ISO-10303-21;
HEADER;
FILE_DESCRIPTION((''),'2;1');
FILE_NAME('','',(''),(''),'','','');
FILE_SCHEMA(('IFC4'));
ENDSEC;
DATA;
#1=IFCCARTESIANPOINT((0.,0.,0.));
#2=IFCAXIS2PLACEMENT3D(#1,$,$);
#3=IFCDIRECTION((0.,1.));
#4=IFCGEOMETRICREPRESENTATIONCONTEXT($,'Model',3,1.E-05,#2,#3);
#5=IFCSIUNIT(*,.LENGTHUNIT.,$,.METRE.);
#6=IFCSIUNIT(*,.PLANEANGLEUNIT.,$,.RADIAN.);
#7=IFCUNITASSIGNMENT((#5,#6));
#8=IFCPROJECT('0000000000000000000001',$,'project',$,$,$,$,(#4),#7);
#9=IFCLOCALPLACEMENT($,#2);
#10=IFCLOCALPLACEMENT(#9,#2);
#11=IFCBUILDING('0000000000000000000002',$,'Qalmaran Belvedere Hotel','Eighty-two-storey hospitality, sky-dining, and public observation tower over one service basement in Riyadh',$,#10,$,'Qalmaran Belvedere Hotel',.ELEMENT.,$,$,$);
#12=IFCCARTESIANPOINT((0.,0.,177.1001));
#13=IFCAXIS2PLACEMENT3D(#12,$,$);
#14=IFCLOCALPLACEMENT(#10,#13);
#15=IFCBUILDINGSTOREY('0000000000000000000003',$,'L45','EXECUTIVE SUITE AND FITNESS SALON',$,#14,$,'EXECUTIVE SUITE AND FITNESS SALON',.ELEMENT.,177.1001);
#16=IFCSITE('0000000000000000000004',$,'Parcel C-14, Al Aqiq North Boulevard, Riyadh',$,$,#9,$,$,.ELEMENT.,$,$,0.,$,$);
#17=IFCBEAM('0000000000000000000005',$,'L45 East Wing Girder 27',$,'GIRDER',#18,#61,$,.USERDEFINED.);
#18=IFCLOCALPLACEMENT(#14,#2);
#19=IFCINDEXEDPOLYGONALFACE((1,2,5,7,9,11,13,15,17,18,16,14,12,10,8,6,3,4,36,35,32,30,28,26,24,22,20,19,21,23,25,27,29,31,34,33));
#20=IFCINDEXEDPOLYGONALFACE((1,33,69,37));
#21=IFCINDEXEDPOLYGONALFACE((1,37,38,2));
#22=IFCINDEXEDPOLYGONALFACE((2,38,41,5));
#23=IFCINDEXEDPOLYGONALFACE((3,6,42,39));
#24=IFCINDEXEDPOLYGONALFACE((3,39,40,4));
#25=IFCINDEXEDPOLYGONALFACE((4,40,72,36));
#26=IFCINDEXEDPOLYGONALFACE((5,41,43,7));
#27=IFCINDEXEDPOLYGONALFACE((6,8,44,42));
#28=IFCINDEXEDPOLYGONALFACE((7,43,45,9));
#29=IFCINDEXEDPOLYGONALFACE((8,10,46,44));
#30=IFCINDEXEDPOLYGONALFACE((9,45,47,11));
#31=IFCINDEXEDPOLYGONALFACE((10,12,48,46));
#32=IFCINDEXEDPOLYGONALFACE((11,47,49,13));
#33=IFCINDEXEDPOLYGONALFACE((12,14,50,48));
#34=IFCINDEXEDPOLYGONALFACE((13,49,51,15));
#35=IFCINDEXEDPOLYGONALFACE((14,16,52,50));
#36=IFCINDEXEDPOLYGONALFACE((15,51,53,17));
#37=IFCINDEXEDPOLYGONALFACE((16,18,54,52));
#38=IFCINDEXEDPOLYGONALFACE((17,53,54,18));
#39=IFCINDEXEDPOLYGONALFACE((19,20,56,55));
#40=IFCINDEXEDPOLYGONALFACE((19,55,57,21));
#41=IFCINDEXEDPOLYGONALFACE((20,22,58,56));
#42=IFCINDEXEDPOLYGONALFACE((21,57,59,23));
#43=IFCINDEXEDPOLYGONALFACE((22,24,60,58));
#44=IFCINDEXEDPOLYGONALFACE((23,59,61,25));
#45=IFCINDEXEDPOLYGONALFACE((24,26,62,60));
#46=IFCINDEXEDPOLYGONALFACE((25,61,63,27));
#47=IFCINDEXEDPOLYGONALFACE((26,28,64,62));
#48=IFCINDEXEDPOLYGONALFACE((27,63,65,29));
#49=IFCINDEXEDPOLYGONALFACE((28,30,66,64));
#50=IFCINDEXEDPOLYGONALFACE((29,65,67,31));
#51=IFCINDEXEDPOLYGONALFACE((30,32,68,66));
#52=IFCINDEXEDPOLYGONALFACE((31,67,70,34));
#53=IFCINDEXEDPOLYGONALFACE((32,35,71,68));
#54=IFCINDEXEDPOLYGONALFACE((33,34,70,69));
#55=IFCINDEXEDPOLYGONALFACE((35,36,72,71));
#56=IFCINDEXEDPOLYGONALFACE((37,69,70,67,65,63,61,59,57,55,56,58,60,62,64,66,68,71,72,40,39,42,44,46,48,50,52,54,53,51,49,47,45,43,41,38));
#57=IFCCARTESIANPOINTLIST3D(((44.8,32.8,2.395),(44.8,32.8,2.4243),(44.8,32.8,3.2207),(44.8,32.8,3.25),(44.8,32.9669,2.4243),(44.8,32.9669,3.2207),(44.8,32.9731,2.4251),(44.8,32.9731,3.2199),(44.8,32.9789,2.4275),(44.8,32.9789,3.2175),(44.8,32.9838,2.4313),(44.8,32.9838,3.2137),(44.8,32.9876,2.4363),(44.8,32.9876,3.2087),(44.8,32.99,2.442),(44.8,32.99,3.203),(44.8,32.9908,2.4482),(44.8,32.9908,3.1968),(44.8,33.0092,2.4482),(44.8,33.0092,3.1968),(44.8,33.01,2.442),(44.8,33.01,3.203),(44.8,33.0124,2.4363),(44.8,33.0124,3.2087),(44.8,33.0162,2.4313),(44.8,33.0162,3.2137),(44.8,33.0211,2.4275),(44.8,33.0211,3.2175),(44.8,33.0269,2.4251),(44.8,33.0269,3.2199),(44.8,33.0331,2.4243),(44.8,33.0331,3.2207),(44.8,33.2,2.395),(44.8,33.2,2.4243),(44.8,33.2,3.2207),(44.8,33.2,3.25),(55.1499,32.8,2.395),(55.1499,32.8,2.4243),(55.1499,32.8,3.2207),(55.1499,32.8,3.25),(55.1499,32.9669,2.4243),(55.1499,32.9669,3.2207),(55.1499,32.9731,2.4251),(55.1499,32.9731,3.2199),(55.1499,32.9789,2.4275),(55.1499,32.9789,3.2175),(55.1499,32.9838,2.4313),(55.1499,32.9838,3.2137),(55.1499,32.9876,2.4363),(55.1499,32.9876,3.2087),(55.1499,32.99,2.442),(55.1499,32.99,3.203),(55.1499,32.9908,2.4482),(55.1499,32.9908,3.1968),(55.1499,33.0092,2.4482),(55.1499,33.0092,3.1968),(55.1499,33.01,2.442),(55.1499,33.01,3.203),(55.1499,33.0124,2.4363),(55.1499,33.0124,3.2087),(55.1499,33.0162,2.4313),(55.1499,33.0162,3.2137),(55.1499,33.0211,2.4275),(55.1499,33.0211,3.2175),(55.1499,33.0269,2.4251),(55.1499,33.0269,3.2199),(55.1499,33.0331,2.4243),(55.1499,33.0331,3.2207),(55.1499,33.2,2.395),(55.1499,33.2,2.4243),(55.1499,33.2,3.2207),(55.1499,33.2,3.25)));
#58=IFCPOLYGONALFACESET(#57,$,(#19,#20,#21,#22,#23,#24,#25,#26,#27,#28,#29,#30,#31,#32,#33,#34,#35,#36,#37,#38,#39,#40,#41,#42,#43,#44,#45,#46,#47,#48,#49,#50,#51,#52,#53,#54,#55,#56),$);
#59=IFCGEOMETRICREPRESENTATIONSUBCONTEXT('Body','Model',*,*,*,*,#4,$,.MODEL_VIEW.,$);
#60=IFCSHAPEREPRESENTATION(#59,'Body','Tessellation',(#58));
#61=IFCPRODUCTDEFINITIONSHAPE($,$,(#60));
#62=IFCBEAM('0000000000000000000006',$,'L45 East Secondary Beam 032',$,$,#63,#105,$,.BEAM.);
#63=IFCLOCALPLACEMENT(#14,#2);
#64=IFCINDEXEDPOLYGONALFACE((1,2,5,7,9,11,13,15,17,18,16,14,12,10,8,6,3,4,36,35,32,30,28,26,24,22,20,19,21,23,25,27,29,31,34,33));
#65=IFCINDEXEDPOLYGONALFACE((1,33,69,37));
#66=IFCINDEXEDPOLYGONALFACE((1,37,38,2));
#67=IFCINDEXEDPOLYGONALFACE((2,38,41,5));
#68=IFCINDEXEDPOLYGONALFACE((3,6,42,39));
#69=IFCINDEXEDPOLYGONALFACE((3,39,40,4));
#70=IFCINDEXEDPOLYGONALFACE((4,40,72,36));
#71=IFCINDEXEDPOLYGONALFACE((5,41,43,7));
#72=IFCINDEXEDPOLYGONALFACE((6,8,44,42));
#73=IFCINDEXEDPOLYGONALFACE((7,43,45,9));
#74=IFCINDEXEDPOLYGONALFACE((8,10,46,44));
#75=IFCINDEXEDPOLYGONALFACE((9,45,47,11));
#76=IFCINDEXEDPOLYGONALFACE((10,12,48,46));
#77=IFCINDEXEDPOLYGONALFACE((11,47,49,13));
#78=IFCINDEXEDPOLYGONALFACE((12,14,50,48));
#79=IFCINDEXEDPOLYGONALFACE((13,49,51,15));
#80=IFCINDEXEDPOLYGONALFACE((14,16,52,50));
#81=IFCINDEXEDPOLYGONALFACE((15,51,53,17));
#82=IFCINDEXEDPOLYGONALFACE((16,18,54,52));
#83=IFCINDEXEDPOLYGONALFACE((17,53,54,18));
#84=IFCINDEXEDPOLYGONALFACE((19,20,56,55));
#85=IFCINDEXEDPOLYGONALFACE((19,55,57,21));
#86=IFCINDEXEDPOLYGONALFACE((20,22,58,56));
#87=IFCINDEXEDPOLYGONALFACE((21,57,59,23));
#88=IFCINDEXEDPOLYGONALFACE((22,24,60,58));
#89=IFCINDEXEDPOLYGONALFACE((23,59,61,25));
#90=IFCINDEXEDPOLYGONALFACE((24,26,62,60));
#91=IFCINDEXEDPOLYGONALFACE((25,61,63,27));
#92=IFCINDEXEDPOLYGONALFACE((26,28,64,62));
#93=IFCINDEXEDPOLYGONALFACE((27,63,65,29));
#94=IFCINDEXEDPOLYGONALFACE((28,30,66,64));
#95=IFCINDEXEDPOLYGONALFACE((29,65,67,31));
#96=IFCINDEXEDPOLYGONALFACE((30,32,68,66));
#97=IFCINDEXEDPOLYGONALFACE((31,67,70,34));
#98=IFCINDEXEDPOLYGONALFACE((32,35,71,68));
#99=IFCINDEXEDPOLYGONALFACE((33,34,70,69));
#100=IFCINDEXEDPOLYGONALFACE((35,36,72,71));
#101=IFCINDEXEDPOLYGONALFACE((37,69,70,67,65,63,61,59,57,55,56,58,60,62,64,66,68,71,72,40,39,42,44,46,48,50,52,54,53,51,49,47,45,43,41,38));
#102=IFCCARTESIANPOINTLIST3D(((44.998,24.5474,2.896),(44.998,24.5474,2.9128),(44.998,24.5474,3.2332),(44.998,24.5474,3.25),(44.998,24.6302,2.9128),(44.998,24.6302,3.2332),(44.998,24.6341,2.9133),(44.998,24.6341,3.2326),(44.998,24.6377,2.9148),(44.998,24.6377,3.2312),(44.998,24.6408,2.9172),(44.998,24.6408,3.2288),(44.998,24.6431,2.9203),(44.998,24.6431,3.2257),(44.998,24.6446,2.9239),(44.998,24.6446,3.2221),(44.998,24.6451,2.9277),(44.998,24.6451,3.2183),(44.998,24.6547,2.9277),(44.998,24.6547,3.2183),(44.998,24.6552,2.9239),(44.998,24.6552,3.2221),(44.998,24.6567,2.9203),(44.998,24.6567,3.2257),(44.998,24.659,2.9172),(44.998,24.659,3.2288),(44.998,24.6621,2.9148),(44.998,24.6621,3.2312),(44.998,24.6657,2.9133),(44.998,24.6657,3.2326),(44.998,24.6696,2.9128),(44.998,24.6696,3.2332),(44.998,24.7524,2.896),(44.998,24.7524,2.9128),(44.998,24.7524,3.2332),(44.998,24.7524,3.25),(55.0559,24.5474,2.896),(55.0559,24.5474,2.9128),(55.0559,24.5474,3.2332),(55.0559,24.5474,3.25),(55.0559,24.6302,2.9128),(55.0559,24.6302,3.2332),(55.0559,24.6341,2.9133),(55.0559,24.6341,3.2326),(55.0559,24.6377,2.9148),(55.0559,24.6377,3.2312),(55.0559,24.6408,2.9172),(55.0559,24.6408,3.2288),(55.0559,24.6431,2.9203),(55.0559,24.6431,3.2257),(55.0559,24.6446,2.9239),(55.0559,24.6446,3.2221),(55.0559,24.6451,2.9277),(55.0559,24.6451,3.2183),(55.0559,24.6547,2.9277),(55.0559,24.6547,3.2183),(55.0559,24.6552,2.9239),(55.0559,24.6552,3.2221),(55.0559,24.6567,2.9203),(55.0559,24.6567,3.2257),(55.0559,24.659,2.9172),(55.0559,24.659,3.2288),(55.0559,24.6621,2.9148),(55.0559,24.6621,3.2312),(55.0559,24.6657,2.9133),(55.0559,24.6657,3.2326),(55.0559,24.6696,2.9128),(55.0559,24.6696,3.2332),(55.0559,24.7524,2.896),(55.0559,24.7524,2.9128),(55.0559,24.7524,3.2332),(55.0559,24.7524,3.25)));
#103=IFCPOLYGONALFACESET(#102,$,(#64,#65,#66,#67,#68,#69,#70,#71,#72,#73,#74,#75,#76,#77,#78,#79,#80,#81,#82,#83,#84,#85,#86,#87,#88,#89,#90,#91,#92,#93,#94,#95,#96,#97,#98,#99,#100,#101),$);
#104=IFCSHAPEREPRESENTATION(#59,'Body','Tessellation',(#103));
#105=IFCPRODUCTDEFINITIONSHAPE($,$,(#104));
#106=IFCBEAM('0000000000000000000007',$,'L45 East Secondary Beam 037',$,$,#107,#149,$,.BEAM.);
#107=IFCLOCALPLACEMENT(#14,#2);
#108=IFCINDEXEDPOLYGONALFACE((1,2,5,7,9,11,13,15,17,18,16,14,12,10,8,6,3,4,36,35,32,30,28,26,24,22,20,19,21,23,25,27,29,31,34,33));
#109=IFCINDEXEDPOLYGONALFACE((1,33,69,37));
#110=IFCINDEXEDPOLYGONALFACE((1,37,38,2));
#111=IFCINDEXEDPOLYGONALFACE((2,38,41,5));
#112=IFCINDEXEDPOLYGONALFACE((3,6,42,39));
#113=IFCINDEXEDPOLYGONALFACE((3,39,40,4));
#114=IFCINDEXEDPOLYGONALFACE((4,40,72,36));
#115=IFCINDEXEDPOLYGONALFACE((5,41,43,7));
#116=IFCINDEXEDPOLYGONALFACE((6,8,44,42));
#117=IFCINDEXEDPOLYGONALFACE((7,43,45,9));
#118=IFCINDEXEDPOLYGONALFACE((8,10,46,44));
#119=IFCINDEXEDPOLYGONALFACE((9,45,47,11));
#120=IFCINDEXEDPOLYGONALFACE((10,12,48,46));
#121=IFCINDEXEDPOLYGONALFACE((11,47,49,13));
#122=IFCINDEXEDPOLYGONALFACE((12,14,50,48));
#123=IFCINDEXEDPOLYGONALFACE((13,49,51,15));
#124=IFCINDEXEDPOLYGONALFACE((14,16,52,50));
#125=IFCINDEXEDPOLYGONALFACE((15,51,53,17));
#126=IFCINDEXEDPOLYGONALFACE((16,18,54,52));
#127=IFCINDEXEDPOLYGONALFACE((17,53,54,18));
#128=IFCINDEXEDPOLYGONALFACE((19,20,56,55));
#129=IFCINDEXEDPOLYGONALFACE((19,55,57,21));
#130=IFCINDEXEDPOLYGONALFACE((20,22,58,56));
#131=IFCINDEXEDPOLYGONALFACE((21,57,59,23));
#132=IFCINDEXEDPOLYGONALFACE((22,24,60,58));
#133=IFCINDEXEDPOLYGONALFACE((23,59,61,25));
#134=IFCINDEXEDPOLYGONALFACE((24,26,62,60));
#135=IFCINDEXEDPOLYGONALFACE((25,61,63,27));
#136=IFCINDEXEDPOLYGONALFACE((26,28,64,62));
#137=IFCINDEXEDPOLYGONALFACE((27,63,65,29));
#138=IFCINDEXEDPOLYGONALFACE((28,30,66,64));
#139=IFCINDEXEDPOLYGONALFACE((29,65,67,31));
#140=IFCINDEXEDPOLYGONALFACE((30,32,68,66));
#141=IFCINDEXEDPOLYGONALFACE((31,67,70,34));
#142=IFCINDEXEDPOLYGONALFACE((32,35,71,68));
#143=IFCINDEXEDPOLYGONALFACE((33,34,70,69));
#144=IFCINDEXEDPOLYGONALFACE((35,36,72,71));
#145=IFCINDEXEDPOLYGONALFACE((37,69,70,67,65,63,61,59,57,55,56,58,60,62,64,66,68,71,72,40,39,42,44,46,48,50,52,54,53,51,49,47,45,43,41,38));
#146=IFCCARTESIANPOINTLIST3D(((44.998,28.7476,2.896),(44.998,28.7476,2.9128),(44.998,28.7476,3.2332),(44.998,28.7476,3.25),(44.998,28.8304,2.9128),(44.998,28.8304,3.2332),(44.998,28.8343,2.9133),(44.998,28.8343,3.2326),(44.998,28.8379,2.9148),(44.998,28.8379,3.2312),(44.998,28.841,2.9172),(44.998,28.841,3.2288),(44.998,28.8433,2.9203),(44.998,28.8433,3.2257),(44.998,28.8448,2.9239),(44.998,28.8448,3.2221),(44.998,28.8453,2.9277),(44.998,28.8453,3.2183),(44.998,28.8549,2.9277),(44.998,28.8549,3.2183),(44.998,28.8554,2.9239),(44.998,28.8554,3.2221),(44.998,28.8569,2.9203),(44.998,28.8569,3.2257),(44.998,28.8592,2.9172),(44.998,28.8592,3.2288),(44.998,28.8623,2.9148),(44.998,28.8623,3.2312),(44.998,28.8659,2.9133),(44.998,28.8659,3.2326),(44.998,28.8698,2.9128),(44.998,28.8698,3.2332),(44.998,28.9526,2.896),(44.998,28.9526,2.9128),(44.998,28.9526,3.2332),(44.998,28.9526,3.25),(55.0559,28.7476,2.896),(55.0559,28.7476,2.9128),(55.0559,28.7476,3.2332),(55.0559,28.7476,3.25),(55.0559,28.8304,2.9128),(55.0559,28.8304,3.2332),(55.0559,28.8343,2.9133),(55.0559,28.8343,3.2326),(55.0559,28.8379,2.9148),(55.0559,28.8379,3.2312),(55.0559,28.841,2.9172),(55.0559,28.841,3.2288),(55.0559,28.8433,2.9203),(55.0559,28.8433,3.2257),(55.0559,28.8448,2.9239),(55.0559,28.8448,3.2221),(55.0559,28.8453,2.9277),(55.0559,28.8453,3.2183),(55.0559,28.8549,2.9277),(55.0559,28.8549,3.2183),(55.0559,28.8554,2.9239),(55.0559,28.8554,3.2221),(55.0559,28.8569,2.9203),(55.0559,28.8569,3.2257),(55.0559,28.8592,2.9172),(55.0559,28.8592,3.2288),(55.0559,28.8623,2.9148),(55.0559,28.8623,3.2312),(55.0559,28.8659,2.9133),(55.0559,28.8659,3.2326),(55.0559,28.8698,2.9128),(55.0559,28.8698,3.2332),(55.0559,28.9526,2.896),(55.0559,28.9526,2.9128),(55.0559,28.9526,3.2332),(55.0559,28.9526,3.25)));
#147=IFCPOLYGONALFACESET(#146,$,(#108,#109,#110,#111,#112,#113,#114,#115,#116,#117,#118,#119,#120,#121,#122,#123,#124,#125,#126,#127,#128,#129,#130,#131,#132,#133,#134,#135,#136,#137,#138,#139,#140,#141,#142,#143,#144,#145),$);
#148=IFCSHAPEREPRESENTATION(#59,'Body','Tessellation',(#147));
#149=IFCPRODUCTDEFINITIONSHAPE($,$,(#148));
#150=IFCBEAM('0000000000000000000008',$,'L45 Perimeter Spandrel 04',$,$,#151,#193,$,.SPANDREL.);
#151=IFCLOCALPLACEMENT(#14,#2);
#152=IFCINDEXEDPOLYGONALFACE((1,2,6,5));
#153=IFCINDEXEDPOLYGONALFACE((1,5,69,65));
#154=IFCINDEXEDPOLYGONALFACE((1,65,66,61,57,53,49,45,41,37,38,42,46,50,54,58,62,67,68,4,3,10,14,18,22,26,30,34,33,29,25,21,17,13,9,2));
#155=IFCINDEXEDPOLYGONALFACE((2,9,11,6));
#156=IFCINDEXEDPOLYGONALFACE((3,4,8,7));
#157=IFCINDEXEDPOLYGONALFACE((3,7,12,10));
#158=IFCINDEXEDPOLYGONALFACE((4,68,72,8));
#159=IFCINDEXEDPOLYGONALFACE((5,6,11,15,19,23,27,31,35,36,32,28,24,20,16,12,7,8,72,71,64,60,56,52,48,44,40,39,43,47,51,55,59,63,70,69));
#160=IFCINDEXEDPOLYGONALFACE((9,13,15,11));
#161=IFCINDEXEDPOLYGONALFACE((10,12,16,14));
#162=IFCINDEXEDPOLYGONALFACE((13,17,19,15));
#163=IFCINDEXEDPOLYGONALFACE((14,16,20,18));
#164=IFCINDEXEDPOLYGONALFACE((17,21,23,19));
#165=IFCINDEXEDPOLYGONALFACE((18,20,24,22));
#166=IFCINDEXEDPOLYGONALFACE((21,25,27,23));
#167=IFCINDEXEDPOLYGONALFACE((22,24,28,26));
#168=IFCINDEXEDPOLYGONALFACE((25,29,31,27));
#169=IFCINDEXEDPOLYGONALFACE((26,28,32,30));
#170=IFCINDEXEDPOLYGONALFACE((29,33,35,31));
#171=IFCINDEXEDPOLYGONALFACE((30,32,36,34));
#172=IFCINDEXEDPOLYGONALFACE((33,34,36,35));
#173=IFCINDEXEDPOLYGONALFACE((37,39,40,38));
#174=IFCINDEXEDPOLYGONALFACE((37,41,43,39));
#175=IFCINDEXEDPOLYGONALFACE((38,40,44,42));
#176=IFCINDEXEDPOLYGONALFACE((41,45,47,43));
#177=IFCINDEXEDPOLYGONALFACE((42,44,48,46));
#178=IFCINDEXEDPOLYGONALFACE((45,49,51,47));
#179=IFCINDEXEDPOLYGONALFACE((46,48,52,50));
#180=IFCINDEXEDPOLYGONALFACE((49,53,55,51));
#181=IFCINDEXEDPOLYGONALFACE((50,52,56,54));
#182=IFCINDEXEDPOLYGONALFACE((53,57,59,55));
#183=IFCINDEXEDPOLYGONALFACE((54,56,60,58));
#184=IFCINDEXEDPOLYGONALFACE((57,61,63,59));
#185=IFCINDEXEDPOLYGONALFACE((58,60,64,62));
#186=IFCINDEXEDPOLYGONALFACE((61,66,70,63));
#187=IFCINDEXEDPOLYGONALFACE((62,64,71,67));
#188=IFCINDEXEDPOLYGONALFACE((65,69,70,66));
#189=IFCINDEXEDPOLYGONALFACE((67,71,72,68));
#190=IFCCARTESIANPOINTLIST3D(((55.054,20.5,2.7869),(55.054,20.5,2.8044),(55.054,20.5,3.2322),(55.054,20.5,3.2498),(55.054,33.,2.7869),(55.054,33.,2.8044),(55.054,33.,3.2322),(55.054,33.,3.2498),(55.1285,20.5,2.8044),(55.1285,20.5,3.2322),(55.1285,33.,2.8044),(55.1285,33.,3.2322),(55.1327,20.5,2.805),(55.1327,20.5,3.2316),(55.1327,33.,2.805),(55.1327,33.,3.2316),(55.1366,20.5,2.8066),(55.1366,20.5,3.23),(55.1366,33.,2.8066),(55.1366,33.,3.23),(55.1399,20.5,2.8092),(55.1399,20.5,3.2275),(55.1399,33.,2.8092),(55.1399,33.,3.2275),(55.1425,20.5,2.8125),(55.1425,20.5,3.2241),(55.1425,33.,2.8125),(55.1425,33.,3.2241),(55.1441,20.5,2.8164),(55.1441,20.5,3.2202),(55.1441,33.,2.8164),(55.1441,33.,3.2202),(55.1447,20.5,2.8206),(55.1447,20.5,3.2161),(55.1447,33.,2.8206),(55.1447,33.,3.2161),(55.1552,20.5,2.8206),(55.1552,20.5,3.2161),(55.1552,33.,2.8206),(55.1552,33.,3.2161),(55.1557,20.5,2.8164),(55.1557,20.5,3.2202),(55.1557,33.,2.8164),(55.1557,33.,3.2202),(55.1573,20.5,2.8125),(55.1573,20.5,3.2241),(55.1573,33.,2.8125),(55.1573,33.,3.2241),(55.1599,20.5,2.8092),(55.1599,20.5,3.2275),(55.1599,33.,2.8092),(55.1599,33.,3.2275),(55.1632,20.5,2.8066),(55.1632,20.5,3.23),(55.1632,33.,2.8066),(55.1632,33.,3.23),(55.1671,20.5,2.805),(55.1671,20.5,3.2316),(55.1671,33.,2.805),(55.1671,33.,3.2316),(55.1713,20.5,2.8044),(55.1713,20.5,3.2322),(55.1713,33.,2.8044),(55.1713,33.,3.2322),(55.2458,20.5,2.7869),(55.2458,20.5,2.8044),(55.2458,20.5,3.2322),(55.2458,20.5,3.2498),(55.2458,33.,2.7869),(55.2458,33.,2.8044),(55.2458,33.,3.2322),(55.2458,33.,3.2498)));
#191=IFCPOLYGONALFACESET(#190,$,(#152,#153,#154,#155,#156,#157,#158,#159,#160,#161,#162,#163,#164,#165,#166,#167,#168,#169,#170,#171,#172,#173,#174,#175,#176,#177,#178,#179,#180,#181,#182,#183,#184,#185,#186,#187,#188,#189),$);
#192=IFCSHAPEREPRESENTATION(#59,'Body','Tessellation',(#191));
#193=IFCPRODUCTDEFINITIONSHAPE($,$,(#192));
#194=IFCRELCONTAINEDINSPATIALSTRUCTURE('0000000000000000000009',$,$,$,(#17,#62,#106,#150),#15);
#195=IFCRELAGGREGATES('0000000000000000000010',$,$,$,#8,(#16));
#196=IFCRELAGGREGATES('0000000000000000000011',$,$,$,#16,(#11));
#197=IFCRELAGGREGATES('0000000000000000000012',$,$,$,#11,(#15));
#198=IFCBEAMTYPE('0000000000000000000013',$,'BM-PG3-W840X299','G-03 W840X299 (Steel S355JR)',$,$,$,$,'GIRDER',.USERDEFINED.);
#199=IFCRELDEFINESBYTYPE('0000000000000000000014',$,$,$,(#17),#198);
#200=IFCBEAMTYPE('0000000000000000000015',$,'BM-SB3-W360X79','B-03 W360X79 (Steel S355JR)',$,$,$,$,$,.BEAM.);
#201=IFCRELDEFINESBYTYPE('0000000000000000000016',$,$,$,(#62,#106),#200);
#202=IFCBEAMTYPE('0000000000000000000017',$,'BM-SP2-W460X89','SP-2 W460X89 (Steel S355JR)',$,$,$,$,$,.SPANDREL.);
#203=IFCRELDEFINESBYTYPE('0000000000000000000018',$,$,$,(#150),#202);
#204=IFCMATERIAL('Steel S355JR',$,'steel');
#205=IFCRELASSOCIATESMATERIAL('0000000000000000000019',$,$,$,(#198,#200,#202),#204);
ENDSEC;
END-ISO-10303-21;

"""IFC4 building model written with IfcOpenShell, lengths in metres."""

from ifc_helpers import new_model, si_unit, direction, frame, origin, origin_2d, place, context, subcontext, project, spatial, i_section, extrude, material, material_profile, profile_set, type_object, element, save


model = new_model("IFC4")

# Units and contexts
model_context = context("Model", 3, precision=1e-05, world=origin(), true_north=direction((0.0, 1.0)))
body_context = subcontext(model_context, "Body", "Model", "MODEL_VIEW")
ifc_project = project(units=[si_unit("LENGTHUNIT", "METRE"), si_unit("PLANEANGLEUNIT", "RADIAN")], contexts=[model_context])

# Site, building, storey
site_placement = place(None, origin())
site = spatial("IfcSite", under=ifc_project, at=site_placement, Name="Parcel C-14, Al Aqiq North Boulevard, Riyadh", CompositionType="ELEMENT", RefElevation=0.0)
building_placement = place(site_placement, origin())
building = spatial("IfcBuilding", under=site, at=building_placement, Name="Qalmaran Belvedere Hotel", Description="Eighty-two-storey hospitality, sky-dining, and public observation tower over one service basement in Riyadh", LongName="Qalmaran Belvedere Hotel", CompositionType="ELEMENT")
storey_placement = place(building_placement, frame((0.0, 0.0, 177.1001)))
storey = spatial("IfcBuildingStorey", under=building, at=storey_placement, Name="L45", Description="EXECUTIVE SUITE AND FITNESS SALON", LongName="EXECUTIVE SUITE AND FITNESS SALON", CompositionType="ELEMENT", Elevation=177.1001)

# Beams
ifc_material_1 = material(Name="Steel S355JR", Category="steel")
ifc_material_profile_1 = material_profile(ifc_material_1, i_section(OverallWidth=0.3999, OverallDepth=0.855, WebThickness=0.0183, FlangeThickness=0.0293, FilletRadius=0.0239, at=origin_2d()), Name="W840X299")
ifc_profile_set_1 = profile_set([ifc_material_profile_1], Name="Steel S355JR")
beam_type_1 = type_object("IfcBeamType", Name="BM-PG3-W840X299", Description="G-03 W840X299 (Steel S355JR)", ElementType="GIRDER", PredefinedType="USERDEFINED", material=ifc_profile_set_1)
for number, where, z_axis, x_axis, name in (
    (1, (44.8, 33.0, 2.8225), (1.0, 0.0, 0.0), (0.0, 1.0, 0.0), "L45 East Wing Girder 27"),
):
    element("IfcBeam", number, at=place(storey_placement, frame(where, z_axis=z_axis, x_axis=x_axis)), inside=storey, type_object=beam_type_1, Name=name, ObjectType="GIRDER", PredefinedType="USERDEFINED", context=body_context, shape_type="SweptSolid", body=[
        extrude(i_section(OverallWidth=0.3999, OverallDepth=0.855, WebThickness=0.0183, FlangeThickness=0.0293, FilletRadius=0.0239, at=origin_2d()), origin(), (0.0, 0.0, 1.0), 10.3499),
    ])
ifc_material_profile_2 = material_profile(ifc_material_1, i_section(OverallWidth=0.2051, OverallDepth=0.354, WebThickness=0.0095, FlangeThickness=0.0168, FilletRadius=0.0149, at=origin_2d()), Name="W360X79")
ifc_profile_set_2 = profile_set([ifc_material_profile_2], Name="Steel S355JR")
beam_type_2 = type_object("IfcBeamType", Name="BM-SB3-W360X79", Description="B-03 W360X79 (Steel S355JR)", PredefinedType="BEAM", material=ifc_profile_set_2)
for number, where, z_axis, x_axis, name in (
    (2, (44.998, 24.6499, 3.073), (1.0, 0.0, 0.0), (0.0, 1.0, 0.0), "L45 East Secondary Beam 032"),
    (3, (44.998, 28.8501, 3.073), (1.0, 0.0, 0.0), (0.0, 1.0, 0.0), "L45 East Secondary Beam 037"),
):
    element("IfcBeam", number, at=place(storey_placement, frame(where, z_axis=z_axis, x_axis=x_axis)), inside=storey, type_object=beam_type_2, Name=name, PredefinedType="BEAM", context=body_context, shape_type="SweptSolid", body=[
        extrude(i_section(OverallWidth=0.2051, OverallDepth=0.354, WebThickness=0.0095, FlangeThickness=0.0168, FilletRadius=0.0149, at=origin_2d()), origin(), (0.0, 0.0, 1.0), 10.0579),
    ])
ifc_material_profile_3 = material_profile(ifc_material_1, i_section(OverallWidth=0.1919, OverallDepth=0.4629, WebThickness=0.0105, FlangeThickness=0.0176, FilletRadius=0.0161, at=origin_2d()), Name="W460X89")
ifc_profile_set_3 = profile_set([ifc_material_profile_3], Name="Steel S355JR")
beam_type_3 = type_object("IfcBeamType", Name="BM-SP2-W460X89", Description="SP-2 W460X89 (Steel S355JR)", PredefinedType="SPANDREL", material=ifc_profile_set_3)
beam_1_placement = place(storey_placement, frame((55.1499, 20.5, 3.0183), z_axis=(0.0, 1.0, 0.0), x_axis=(-1.0, 0.0, 0.0)))
element("IfcBeam", 4, at=beam_1_placement, inside=storey, type_object=beam_type_3, Name="L45 Perimeter Spandrel 04", PredefinedType="SPANDREL", context=body_context, shape_type="SweptSolid", body=[
    extrude(i_section(OverallWidth=0.1919, OverallDepth=0.4629, WebThickness=0.0105, FlangeThickness=0.0176, FilletRadius=0.0161, at=origin_2d()), origin(), (0.0, 0.0, 1.0), 12.5),
])

save(model, "model.ifc")
